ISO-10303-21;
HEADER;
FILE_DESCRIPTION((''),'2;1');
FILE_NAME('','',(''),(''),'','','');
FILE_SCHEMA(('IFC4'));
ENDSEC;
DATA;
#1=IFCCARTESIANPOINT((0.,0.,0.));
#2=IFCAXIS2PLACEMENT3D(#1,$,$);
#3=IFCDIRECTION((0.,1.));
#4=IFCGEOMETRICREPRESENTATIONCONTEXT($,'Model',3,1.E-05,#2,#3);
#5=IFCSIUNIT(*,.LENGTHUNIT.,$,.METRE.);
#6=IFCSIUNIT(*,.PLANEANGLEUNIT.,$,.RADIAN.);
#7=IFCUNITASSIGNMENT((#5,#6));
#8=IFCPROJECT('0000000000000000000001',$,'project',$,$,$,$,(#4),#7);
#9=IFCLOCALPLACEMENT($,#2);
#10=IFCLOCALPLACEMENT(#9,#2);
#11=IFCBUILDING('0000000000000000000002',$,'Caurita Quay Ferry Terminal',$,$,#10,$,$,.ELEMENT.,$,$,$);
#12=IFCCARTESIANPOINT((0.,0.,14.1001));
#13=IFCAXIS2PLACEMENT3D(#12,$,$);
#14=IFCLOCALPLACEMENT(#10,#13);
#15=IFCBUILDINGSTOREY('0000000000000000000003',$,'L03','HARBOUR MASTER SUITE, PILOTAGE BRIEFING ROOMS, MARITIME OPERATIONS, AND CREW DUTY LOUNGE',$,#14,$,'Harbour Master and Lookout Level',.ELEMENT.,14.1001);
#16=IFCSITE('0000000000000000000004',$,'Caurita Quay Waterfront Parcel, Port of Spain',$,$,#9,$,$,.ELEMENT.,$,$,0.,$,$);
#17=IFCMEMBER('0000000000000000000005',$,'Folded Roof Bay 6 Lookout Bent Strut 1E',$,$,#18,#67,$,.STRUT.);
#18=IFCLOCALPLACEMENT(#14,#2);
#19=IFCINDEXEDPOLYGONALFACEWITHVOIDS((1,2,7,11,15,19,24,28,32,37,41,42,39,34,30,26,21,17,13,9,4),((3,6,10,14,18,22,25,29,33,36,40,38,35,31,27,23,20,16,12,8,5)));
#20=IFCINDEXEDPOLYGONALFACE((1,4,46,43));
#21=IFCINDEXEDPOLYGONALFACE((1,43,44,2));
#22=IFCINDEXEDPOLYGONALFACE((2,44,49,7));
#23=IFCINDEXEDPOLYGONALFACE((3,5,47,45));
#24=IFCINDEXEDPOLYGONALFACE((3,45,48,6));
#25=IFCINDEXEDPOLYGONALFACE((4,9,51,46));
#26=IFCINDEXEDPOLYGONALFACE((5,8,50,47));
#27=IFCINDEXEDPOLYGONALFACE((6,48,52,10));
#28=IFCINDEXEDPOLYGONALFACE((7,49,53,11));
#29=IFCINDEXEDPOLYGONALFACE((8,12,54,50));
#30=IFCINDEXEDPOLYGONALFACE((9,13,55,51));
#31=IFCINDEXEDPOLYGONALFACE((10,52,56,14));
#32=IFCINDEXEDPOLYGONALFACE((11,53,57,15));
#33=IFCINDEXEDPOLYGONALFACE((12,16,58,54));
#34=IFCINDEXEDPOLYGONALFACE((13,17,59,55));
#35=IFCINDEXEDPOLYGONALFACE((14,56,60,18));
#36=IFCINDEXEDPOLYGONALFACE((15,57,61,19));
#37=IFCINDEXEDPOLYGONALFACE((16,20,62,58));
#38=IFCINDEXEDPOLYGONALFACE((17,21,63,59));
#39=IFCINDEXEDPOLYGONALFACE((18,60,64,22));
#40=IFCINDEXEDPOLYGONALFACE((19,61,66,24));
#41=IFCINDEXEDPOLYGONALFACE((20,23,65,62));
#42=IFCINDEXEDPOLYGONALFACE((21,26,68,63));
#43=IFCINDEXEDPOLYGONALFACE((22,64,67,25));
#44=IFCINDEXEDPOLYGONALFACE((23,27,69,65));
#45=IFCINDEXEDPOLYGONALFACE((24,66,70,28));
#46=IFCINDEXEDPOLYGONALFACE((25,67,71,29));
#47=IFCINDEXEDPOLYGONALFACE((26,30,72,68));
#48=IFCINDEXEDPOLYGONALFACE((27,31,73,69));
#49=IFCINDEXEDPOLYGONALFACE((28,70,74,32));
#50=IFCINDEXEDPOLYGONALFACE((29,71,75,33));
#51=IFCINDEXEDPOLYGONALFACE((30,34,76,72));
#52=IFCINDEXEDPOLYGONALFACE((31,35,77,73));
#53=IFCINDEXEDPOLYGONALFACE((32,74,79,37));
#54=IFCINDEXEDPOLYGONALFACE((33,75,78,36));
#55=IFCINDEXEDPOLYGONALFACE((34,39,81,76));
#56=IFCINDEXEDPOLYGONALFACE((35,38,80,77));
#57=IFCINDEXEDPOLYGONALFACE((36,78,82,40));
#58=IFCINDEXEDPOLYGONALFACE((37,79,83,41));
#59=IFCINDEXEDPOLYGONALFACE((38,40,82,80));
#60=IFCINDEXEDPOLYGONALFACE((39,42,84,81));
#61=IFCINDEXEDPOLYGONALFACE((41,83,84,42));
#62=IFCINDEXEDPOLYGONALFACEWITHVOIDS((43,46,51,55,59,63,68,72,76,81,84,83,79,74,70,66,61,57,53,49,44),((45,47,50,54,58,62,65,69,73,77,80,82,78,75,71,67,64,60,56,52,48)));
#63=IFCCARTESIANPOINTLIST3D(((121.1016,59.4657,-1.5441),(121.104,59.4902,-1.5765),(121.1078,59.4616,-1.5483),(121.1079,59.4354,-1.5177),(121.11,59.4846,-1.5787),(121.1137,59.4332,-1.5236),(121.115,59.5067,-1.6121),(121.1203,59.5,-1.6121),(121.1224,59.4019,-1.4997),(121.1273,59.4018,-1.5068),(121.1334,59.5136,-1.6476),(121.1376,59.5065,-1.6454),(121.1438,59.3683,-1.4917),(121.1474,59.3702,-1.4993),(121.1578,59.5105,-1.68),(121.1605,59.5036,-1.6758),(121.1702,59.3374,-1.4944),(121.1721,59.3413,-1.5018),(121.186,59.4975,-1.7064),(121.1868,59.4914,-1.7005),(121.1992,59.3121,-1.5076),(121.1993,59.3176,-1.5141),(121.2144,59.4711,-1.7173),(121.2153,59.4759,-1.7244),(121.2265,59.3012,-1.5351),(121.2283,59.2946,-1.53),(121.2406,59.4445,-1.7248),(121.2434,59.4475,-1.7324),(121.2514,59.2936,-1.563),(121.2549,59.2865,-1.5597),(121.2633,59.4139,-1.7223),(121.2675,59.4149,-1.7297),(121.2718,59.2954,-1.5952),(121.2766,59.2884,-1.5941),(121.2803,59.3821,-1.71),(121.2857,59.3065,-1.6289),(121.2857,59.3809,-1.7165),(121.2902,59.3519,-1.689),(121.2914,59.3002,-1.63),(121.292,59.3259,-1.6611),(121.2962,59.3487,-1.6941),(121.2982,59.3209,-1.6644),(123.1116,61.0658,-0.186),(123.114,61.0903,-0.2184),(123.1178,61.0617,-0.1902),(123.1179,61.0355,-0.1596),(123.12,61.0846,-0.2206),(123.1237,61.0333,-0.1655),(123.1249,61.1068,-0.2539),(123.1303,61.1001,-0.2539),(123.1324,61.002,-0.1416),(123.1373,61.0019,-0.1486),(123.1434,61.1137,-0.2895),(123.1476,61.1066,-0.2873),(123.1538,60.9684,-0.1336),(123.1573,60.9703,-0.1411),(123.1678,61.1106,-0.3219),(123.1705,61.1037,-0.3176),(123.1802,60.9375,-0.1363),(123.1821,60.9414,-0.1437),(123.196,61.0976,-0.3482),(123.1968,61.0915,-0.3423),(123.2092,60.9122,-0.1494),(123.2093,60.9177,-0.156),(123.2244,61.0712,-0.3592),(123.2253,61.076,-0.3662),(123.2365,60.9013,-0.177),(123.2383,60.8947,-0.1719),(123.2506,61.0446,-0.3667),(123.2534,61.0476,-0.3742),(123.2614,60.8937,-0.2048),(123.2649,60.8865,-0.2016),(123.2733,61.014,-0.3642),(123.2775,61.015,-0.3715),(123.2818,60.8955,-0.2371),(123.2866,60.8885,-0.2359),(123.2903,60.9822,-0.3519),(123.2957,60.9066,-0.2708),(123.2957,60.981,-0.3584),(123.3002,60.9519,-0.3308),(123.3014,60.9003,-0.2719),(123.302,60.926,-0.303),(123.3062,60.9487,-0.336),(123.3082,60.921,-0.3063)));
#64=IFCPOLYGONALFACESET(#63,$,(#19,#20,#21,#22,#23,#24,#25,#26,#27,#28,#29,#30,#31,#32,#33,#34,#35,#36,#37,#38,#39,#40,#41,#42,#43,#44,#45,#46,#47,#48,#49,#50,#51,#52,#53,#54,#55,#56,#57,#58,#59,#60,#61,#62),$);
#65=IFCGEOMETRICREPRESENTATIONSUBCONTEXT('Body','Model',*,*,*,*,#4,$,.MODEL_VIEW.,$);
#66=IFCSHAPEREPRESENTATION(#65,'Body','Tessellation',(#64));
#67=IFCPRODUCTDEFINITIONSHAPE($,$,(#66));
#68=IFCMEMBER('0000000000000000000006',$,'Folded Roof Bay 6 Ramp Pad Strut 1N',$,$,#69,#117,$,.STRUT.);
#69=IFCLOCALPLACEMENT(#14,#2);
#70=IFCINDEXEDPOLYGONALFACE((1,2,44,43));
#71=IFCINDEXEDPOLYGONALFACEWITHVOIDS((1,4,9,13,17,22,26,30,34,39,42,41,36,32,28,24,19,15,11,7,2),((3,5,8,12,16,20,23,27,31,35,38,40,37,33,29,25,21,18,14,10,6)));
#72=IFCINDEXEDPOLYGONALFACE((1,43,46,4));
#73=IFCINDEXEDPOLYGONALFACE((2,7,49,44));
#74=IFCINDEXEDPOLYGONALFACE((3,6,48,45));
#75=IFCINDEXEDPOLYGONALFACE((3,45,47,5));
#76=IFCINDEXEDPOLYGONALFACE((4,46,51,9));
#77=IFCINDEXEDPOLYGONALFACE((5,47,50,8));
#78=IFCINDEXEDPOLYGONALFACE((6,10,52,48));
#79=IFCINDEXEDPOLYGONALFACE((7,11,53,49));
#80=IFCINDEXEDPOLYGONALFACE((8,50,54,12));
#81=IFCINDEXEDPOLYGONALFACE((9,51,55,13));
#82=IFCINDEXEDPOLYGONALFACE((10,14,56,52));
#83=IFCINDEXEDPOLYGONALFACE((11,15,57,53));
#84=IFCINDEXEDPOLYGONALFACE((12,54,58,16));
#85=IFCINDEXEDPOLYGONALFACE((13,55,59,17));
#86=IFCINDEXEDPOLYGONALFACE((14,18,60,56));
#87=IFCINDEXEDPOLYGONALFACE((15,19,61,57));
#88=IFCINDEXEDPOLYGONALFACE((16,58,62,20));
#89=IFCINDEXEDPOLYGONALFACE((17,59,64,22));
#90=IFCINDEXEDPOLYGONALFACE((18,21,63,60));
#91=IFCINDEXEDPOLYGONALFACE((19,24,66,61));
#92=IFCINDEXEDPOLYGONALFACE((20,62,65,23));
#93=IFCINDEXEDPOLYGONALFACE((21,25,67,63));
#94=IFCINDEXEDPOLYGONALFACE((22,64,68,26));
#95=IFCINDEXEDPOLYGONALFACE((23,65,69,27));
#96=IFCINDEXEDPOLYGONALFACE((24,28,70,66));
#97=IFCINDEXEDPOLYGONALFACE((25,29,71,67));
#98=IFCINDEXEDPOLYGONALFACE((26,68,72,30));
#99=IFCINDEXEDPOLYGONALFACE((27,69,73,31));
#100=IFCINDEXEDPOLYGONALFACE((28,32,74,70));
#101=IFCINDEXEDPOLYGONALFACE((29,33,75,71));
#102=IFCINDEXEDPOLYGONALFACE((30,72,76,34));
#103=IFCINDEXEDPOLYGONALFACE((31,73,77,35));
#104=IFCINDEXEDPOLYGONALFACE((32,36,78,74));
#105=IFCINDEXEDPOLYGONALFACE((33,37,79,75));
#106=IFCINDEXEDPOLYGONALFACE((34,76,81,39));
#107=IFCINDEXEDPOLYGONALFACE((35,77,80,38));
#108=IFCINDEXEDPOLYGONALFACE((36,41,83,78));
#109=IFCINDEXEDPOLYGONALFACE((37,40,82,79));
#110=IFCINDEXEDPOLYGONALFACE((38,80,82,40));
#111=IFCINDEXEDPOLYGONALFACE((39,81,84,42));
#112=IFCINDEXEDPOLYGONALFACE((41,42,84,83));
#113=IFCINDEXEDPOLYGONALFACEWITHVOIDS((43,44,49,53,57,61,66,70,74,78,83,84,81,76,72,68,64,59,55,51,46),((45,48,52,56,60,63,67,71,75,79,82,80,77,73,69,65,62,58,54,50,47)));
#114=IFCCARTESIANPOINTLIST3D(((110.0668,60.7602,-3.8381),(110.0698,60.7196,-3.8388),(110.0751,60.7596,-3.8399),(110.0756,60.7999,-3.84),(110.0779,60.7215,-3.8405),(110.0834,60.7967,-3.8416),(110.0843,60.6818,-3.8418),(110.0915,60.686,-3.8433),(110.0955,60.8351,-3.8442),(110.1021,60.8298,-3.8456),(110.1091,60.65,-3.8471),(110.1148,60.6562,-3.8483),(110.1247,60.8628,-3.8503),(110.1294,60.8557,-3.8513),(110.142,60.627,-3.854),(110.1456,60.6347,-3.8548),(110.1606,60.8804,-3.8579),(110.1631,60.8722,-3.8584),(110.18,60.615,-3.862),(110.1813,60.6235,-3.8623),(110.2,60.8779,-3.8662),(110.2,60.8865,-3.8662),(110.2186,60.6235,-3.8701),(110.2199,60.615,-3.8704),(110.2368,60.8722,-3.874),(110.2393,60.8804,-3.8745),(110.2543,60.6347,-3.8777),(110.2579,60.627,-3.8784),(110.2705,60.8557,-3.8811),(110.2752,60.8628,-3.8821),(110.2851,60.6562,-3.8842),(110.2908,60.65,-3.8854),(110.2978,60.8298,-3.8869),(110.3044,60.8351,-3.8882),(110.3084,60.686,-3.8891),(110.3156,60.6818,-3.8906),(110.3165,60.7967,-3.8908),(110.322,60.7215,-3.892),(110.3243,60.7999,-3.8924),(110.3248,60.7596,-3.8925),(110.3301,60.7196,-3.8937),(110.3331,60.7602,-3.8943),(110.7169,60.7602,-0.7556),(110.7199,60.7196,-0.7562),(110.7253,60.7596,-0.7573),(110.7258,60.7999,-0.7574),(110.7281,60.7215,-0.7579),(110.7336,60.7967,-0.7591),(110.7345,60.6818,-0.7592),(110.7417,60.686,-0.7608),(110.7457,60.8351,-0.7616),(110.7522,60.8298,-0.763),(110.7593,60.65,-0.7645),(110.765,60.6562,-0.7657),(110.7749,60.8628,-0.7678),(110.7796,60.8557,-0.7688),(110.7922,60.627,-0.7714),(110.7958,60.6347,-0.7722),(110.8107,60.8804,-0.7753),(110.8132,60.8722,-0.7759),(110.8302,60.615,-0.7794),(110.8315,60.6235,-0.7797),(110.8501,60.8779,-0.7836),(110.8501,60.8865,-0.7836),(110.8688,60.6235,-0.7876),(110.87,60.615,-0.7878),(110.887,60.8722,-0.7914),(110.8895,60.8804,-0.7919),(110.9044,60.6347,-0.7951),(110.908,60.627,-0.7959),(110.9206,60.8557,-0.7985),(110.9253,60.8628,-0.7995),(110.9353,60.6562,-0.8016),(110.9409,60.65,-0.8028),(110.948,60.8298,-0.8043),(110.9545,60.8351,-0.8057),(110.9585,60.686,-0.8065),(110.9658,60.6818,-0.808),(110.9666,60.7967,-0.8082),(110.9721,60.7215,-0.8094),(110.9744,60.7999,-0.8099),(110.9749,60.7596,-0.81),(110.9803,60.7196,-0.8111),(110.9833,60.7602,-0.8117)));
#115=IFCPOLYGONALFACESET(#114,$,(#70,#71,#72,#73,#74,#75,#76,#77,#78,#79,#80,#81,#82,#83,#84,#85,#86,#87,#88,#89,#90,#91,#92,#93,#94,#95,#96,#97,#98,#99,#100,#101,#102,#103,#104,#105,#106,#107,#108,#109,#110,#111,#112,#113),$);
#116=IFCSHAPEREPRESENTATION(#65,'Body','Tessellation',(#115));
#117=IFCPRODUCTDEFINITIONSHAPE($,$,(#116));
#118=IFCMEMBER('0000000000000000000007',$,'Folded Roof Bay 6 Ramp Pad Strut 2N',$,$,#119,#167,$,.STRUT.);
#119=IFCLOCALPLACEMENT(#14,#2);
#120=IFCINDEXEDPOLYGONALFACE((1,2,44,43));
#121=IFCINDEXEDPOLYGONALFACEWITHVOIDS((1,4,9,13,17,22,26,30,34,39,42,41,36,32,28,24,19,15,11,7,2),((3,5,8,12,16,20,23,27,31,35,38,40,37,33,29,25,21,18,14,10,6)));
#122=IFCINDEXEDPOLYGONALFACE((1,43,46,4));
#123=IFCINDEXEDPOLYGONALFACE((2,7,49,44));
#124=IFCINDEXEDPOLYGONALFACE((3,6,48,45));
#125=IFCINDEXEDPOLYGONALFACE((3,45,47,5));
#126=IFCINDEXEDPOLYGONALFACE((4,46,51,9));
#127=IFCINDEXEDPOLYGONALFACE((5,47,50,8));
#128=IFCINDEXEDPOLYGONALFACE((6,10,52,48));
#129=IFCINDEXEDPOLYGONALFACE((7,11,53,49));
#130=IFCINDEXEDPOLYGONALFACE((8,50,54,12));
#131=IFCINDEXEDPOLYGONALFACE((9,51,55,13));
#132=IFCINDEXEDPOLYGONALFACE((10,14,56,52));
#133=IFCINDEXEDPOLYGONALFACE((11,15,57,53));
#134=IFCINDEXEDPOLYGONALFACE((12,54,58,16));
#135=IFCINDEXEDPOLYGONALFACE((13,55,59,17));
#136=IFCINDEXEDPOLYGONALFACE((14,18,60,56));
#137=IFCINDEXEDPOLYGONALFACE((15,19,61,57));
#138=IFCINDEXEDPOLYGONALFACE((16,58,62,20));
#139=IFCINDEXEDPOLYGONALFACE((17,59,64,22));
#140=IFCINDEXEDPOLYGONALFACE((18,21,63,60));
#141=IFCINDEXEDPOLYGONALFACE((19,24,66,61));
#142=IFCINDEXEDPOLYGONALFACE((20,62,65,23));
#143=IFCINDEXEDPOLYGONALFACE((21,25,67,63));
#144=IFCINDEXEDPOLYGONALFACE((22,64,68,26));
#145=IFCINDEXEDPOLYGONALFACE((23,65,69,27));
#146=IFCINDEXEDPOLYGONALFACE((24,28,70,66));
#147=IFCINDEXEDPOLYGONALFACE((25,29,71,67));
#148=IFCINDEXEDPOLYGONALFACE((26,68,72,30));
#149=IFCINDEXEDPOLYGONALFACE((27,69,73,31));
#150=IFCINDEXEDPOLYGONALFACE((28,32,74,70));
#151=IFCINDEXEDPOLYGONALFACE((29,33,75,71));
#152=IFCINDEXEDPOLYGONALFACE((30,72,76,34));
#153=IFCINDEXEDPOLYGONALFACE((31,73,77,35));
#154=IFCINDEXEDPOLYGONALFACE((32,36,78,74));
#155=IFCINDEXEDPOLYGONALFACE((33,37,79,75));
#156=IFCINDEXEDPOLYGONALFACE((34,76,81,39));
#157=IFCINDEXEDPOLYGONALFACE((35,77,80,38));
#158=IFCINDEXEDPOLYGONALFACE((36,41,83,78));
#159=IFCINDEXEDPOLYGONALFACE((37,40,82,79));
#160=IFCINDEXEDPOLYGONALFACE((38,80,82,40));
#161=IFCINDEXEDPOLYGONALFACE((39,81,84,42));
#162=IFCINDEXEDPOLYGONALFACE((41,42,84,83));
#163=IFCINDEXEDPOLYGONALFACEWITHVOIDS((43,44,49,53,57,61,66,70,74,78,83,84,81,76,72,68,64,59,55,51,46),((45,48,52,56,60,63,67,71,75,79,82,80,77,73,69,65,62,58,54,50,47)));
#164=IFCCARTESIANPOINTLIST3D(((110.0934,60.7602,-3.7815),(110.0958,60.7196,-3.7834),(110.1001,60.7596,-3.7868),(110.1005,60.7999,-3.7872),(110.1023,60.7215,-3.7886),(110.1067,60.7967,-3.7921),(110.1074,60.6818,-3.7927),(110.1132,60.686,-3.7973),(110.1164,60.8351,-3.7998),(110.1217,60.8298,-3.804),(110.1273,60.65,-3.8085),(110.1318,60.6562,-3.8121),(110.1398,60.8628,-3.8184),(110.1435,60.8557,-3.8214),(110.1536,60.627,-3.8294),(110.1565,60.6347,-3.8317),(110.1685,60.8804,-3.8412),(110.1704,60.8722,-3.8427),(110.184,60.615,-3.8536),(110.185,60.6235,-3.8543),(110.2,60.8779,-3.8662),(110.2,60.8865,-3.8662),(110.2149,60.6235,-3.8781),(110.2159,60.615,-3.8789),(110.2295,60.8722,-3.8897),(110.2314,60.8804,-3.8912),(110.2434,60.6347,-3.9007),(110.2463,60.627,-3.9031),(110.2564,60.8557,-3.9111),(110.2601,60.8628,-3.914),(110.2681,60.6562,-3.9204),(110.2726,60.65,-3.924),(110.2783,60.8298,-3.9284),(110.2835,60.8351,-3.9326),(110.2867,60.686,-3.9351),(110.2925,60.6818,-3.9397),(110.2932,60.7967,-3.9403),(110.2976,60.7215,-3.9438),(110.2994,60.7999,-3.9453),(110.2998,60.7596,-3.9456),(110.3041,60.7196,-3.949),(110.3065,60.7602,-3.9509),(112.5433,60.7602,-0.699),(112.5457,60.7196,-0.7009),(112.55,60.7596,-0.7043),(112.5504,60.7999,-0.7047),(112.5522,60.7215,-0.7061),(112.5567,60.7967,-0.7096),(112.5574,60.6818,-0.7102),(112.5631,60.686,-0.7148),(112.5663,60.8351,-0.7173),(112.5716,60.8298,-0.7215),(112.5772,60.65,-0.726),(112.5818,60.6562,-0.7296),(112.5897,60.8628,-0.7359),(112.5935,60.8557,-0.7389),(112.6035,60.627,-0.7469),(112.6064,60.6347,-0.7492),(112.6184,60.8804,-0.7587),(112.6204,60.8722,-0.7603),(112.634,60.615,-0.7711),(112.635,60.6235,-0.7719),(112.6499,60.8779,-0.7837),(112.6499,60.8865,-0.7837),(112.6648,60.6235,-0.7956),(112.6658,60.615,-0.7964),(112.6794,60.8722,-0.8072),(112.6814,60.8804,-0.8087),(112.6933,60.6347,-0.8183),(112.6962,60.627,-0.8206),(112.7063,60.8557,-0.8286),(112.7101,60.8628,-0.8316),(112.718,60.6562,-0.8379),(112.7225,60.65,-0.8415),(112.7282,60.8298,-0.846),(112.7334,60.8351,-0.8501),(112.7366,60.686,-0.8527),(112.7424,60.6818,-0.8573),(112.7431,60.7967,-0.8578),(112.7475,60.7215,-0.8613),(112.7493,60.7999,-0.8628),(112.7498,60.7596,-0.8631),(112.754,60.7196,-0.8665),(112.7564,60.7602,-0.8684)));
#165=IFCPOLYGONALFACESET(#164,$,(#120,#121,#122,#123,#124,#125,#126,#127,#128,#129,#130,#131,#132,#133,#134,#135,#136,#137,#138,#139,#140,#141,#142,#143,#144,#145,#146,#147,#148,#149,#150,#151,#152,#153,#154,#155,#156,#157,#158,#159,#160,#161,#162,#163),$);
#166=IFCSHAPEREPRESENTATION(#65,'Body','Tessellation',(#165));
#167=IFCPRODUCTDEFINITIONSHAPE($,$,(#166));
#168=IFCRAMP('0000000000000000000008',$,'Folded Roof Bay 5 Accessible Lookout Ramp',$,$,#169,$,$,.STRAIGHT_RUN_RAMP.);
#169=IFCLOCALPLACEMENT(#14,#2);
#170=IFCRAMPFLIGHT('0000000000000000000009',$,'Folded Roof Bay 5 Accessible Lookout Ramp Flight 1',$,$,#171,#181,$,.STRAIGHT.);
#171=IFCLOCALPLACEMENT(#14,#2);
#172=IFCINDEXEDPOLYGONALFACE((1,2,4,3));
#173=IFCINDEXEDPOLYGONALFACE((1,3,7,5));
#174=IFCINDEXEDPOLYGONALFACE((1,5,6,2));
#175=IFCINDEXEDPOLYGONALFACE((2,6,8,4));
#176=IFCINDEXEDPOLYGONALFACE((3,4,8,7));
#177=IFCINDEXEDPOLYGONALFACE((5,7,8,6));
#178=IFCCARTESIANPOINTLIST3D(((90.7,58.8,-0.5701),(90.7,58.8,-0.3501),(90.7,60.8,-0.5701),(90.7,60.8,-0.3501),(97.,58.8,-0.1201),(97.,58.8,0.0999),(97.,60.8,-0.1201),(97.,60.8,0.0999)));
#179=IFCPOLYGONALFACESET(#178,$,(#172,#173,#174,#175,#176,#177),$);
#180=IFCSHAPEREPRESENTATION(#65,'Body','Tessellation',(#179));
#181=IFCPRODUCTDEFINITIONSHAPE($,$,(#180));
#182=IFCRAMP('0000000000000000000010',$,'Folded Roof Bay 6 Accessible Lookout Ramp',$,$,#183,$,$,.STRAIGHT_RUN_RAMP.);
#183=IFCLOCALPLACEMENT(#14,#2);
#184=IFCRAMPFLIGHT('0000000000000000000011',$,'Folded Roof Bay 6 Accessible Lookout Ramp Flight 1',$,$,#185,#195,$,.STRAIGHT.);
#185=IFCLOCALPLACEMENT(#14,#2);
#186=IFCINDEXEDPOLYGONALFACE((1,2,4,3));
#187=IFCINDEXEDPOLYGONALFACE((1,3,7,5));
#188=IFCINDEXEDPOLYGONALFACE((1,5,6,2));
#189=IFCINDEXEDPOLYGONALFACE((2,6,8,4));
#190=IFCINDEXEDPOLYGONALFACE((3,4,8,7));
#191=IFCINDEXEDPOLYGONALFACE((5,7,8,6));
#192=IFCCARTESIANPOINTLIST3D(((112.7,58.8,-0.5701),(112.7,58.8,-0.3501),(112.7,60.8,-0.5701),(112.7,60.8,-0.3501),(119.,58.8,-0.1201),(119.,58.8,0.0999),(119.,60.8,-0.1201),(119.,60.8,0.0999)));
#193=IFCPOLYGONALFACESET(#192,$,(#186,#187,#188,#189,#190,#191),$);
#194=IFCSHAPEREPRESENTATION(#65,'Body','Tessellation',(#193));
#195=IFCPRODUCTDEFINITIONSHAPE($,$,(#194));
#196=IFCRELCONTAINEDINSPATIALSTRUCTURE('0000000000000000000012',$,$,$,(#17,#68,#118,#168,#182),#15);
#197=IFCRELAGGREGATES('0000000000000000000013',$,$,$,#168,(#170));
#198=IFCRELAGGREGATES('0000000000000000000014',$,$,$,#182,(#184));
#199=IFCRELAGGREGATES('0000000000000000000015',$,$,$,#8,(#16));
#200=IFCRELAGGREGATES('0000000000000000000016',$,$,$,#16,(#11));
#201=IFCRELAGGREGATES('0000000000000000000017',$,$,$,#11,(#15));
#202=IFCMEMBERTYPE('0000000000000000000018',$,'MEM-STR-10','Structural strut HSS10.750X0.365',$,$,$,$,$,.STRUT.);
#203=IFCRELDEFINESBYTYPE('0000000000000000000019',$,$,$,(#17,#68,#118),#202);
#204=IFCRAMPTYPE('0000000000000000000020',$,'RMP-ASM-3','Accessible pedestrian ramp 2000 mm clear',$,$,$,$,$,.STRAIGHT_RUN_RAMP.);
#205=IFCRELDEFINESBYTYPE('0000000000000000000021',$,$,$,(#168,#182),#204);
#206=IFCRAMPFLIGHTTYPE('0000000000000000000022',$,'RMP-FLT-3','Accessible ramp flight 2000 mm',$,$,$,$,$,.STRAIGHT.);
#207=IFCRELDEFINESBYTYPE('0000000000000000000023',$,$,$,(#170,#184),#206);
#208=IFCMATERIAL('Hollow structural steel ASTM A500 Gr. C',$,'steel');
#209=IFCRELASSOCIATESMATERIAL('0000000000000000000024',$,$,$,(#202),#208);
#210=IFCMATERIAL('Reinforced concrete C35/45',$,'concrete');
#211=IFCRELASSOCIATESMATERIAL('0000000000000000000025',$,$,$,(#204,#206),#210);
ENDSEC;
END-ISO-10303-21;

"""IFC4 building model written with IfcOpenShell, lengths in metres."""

from ifc_helpers import new_model, si_unit, direction, frame, origin, origin_2d, place, context, subcontext, project, spatial, polyline, hollow_circle, outline, extrude, material, material_profile, profile_set, type_object, element, aggregate, save


model = new_model("IFC4")

# Units and contexts
model_context = context("Model", 3, precision=1e-05, world=origin(), true_north=direction((0.0, 1.0)))
body_context = subcontext(model_context, "Body", "Model", "MODEL_VIEW")
ifc_project = project(units=[si_unit("LENGTHUNIT", "METRE"), si_unit("PLANEANGLEUNIT", "RADIAN")], contexts=[model_context])

# Site, building, storey
site_placement = place(None, origin())
site = spatial("IfcSite", under=ifc_project, at=site_placement, Name="Caurita Quay Waterfront Parcel, Port of Spain", CompositionType="ELEMENT", RefElevation=0.0)
building_placement = place(site_placement, origin())
building = spatial("IfcBuilding", under=site, at=building_placement, Name="Caurita Quay Ferry Terminal", CompositionType="ELEMENT")
storey_placement = place(building_placement, frame((0.0, 0.0, 14.1001)))
storey = spatial("IfcBuildingStorey", under=building, at=storey_placement, Name="L03", Description="HARBOUR MASTER SUITE, PILOTAGE BRIEFING ROOMS, MARITIME OPERATIONS, AND CREW DUTY LOUNGE", LongName="Harbour Master and Lookout Level", CompositionType="ELEMENT", Elevation=14.1001)

# Members
ifc_material_1 = material(Name="Hollow structural steel ASTM A500 Gr. C", Category="steel")
ifc_material_profile_1 = material_profile(ifc_material_1, hollow_circle(Radius=0.1365, WallThickness=0.0085, at=origin_2d()), Name="HSS10.750X0.365")
ifc_profile_set_1 = profile_set([ifc_material_profile_1], Name="Hollow structural steel ASTM A500 Gr. C")
member_type = type_object("IfcMemberType", Name="MEM-STR-10", Description="Structural strut HSS10.750X0.365", PredefinedType="STRUT", material=ifc_profile_set_1)
for number, where, z_axis, x_axis, name in (
    (1, (121.2, 59.3999, -1.6121), (0.691668, 0.550612, 0.467357), (-0.622816, 0.782368, 0.0), "Folded Roof Bay 6 Lookout Bent Strut 1E"),
):
    element("IfcMember", number, at=place(storey_placement, frame(where, z_axis=z_axis, x_axis=x_axis)), inside=storey, type_object=member_type, Name=name, PredefinedType="STRUT", context=body_context, shape_type="SweptSolid", body=[
        extrude(hollow_circle(Radius=0.1365, WallThickness=0.0085, at=origin_2d()), origin(), (0.0, 0.0, 1.0), 2.906),
    ])
member_1_placement = place(storey_placement, frame((110.2, 60.75, -3.8662), z_axis=(0.206374, 0.0, 0.978473), x_axis=(0.0, 1.0, 0.0)))
element("IfcMember", 2, at=member_1_placement, inside=storey, type_object=member_type, Name="Folded Roof Bay 6 Ramp Pad Strut 1N", PredefinedType="STRUT", context=body_context, shape_type="SweptSolid", body=[
    extrude(hollow_circle(Radius=0.1365, WallThickness=0.0085, at=origin_2d()), origin(), (0.0, 0.0, 1.0), 3.1504),
])
member_2_placement = place(storey_placement, frame((110.2, 60.75, -3.8662), z_axis=(0.622204, 0.0, 0.782855), x_axis=(0.0, 1.0, 0.0)))
element("IfcMember", 3, at=member_2_placement, inside=storey, type_object=member_type, Name="Folded Roof Bay 6 Ramp Pad Strut 2N", PredefinedType="STRUT", context=body_context, shape_type="SweptSolid", body=[
    extrude(hollow_circle(Radius=0.1365, WallThickness=0.0085, at=origin_2d()), origin(), (0.0, 0.0, 1.0), 3.9375),
])

# Ramps, ramp flights
ifc_material_2 = material(Name="Reinforced concrete C35/45", Category="concrete")
ramp_type = type_object("IfcRampType", Name="RMP-ASM-3", Description="Accessible pedestrian ramp 2000 mm clear", PredefinedType="STRAIGHT_RUN_RAMP", material=ifc_material_2)
ramp_1_placement = place(storey_placement, origin())
ramp_1 = element("IfcRamp", 4, at=ramp_1_placement, inside=storey, type_object=ramp_type, Name="Folded Roof Bay 5 Accessible Lookout Ramp", PredefinedType="STRAIGHT_RUN_RAMP")
ramp_flight_type = type_object("IfcRampFlightType", Name="RMP-FLT-3", Description="Accessible ramp flight 2000 mm", PredefinedType="STRAIGHT", material=ifc_material_2)
ramp_flight_1_placement = place(storey_placement, frame((90.7, 59.8, -0.3501), z_axis=(0.0, 0.0, 1.0), x_axis=(1.0, 0.0, 0.0)))
ramp_flight_1 = element("IfcRampFlight", 5, at=ramp_flight_1_placement, type_object=ramp_flight_type, Name="Folded Roof Bay 5 Accessible Lookout Ramp Flight 1", PredefinedType="STRAIGHT", context=body_context, shape_type="SweptSolid", body=[
    extrude(outline(polyline([(0.0, 0.0), (0.0, -0.22), (6.3, 0.23), (6.3, 0.45), (0.0, 0.0)])), frame((0.0, 1.0, 0.0), z_axis=(0.0, -1.0, 0.0), x_axis=(1.0, 0.0, 0.0)), (0.0, 0.0, 1.0), 2.0),
])
aggregate(ramp_1, [ramp_flight_1])
ramp_2_placement = place(storey_placement, origin())
ramp_2 = element("IfcRamp", 6, at=ramp_2_placement, inside=storey, type_object=ramp_type, Name="Folded Roof Bay 6 Accessible Lookout Ramp", PredefinedType="STRAIGHT_RUN_RAMP")
ramp_flight_2_placement = place(storey_placement, frame((112.7, 59.8, -0.3501), z_axis=(0.0, 0.0, 1.0), x_axis=(1.0, 0.0, 0.0)))
ramp_flight_2 = element("IfcRampFlight", 7, at=ramp_flight_2_placement, type_object=ramp_flight_type, Name="Folded Roof Bay 6 Accessible Lookout Ramp Flight 1", PredefinedType="STRAIGHT", context=body_context, shape_type="SweptSolid", body=[
    extrude(outline(polyline([(0.0, 0.0), (0.0, -0.22), (6.3, 0.23), (6.3, 0.45), (0.0, 0.0)])), frame((0.0, 1.0, 0.0), z_axis=(0.0, -1.0, 0.0), x_axis=(1.0, 0.0, 0.0)), (0.0, 0.0, 1.0), 2.0),
])
aggregate(ramp_2, [ramp_flight_2])

save(model, "model.ifc")
